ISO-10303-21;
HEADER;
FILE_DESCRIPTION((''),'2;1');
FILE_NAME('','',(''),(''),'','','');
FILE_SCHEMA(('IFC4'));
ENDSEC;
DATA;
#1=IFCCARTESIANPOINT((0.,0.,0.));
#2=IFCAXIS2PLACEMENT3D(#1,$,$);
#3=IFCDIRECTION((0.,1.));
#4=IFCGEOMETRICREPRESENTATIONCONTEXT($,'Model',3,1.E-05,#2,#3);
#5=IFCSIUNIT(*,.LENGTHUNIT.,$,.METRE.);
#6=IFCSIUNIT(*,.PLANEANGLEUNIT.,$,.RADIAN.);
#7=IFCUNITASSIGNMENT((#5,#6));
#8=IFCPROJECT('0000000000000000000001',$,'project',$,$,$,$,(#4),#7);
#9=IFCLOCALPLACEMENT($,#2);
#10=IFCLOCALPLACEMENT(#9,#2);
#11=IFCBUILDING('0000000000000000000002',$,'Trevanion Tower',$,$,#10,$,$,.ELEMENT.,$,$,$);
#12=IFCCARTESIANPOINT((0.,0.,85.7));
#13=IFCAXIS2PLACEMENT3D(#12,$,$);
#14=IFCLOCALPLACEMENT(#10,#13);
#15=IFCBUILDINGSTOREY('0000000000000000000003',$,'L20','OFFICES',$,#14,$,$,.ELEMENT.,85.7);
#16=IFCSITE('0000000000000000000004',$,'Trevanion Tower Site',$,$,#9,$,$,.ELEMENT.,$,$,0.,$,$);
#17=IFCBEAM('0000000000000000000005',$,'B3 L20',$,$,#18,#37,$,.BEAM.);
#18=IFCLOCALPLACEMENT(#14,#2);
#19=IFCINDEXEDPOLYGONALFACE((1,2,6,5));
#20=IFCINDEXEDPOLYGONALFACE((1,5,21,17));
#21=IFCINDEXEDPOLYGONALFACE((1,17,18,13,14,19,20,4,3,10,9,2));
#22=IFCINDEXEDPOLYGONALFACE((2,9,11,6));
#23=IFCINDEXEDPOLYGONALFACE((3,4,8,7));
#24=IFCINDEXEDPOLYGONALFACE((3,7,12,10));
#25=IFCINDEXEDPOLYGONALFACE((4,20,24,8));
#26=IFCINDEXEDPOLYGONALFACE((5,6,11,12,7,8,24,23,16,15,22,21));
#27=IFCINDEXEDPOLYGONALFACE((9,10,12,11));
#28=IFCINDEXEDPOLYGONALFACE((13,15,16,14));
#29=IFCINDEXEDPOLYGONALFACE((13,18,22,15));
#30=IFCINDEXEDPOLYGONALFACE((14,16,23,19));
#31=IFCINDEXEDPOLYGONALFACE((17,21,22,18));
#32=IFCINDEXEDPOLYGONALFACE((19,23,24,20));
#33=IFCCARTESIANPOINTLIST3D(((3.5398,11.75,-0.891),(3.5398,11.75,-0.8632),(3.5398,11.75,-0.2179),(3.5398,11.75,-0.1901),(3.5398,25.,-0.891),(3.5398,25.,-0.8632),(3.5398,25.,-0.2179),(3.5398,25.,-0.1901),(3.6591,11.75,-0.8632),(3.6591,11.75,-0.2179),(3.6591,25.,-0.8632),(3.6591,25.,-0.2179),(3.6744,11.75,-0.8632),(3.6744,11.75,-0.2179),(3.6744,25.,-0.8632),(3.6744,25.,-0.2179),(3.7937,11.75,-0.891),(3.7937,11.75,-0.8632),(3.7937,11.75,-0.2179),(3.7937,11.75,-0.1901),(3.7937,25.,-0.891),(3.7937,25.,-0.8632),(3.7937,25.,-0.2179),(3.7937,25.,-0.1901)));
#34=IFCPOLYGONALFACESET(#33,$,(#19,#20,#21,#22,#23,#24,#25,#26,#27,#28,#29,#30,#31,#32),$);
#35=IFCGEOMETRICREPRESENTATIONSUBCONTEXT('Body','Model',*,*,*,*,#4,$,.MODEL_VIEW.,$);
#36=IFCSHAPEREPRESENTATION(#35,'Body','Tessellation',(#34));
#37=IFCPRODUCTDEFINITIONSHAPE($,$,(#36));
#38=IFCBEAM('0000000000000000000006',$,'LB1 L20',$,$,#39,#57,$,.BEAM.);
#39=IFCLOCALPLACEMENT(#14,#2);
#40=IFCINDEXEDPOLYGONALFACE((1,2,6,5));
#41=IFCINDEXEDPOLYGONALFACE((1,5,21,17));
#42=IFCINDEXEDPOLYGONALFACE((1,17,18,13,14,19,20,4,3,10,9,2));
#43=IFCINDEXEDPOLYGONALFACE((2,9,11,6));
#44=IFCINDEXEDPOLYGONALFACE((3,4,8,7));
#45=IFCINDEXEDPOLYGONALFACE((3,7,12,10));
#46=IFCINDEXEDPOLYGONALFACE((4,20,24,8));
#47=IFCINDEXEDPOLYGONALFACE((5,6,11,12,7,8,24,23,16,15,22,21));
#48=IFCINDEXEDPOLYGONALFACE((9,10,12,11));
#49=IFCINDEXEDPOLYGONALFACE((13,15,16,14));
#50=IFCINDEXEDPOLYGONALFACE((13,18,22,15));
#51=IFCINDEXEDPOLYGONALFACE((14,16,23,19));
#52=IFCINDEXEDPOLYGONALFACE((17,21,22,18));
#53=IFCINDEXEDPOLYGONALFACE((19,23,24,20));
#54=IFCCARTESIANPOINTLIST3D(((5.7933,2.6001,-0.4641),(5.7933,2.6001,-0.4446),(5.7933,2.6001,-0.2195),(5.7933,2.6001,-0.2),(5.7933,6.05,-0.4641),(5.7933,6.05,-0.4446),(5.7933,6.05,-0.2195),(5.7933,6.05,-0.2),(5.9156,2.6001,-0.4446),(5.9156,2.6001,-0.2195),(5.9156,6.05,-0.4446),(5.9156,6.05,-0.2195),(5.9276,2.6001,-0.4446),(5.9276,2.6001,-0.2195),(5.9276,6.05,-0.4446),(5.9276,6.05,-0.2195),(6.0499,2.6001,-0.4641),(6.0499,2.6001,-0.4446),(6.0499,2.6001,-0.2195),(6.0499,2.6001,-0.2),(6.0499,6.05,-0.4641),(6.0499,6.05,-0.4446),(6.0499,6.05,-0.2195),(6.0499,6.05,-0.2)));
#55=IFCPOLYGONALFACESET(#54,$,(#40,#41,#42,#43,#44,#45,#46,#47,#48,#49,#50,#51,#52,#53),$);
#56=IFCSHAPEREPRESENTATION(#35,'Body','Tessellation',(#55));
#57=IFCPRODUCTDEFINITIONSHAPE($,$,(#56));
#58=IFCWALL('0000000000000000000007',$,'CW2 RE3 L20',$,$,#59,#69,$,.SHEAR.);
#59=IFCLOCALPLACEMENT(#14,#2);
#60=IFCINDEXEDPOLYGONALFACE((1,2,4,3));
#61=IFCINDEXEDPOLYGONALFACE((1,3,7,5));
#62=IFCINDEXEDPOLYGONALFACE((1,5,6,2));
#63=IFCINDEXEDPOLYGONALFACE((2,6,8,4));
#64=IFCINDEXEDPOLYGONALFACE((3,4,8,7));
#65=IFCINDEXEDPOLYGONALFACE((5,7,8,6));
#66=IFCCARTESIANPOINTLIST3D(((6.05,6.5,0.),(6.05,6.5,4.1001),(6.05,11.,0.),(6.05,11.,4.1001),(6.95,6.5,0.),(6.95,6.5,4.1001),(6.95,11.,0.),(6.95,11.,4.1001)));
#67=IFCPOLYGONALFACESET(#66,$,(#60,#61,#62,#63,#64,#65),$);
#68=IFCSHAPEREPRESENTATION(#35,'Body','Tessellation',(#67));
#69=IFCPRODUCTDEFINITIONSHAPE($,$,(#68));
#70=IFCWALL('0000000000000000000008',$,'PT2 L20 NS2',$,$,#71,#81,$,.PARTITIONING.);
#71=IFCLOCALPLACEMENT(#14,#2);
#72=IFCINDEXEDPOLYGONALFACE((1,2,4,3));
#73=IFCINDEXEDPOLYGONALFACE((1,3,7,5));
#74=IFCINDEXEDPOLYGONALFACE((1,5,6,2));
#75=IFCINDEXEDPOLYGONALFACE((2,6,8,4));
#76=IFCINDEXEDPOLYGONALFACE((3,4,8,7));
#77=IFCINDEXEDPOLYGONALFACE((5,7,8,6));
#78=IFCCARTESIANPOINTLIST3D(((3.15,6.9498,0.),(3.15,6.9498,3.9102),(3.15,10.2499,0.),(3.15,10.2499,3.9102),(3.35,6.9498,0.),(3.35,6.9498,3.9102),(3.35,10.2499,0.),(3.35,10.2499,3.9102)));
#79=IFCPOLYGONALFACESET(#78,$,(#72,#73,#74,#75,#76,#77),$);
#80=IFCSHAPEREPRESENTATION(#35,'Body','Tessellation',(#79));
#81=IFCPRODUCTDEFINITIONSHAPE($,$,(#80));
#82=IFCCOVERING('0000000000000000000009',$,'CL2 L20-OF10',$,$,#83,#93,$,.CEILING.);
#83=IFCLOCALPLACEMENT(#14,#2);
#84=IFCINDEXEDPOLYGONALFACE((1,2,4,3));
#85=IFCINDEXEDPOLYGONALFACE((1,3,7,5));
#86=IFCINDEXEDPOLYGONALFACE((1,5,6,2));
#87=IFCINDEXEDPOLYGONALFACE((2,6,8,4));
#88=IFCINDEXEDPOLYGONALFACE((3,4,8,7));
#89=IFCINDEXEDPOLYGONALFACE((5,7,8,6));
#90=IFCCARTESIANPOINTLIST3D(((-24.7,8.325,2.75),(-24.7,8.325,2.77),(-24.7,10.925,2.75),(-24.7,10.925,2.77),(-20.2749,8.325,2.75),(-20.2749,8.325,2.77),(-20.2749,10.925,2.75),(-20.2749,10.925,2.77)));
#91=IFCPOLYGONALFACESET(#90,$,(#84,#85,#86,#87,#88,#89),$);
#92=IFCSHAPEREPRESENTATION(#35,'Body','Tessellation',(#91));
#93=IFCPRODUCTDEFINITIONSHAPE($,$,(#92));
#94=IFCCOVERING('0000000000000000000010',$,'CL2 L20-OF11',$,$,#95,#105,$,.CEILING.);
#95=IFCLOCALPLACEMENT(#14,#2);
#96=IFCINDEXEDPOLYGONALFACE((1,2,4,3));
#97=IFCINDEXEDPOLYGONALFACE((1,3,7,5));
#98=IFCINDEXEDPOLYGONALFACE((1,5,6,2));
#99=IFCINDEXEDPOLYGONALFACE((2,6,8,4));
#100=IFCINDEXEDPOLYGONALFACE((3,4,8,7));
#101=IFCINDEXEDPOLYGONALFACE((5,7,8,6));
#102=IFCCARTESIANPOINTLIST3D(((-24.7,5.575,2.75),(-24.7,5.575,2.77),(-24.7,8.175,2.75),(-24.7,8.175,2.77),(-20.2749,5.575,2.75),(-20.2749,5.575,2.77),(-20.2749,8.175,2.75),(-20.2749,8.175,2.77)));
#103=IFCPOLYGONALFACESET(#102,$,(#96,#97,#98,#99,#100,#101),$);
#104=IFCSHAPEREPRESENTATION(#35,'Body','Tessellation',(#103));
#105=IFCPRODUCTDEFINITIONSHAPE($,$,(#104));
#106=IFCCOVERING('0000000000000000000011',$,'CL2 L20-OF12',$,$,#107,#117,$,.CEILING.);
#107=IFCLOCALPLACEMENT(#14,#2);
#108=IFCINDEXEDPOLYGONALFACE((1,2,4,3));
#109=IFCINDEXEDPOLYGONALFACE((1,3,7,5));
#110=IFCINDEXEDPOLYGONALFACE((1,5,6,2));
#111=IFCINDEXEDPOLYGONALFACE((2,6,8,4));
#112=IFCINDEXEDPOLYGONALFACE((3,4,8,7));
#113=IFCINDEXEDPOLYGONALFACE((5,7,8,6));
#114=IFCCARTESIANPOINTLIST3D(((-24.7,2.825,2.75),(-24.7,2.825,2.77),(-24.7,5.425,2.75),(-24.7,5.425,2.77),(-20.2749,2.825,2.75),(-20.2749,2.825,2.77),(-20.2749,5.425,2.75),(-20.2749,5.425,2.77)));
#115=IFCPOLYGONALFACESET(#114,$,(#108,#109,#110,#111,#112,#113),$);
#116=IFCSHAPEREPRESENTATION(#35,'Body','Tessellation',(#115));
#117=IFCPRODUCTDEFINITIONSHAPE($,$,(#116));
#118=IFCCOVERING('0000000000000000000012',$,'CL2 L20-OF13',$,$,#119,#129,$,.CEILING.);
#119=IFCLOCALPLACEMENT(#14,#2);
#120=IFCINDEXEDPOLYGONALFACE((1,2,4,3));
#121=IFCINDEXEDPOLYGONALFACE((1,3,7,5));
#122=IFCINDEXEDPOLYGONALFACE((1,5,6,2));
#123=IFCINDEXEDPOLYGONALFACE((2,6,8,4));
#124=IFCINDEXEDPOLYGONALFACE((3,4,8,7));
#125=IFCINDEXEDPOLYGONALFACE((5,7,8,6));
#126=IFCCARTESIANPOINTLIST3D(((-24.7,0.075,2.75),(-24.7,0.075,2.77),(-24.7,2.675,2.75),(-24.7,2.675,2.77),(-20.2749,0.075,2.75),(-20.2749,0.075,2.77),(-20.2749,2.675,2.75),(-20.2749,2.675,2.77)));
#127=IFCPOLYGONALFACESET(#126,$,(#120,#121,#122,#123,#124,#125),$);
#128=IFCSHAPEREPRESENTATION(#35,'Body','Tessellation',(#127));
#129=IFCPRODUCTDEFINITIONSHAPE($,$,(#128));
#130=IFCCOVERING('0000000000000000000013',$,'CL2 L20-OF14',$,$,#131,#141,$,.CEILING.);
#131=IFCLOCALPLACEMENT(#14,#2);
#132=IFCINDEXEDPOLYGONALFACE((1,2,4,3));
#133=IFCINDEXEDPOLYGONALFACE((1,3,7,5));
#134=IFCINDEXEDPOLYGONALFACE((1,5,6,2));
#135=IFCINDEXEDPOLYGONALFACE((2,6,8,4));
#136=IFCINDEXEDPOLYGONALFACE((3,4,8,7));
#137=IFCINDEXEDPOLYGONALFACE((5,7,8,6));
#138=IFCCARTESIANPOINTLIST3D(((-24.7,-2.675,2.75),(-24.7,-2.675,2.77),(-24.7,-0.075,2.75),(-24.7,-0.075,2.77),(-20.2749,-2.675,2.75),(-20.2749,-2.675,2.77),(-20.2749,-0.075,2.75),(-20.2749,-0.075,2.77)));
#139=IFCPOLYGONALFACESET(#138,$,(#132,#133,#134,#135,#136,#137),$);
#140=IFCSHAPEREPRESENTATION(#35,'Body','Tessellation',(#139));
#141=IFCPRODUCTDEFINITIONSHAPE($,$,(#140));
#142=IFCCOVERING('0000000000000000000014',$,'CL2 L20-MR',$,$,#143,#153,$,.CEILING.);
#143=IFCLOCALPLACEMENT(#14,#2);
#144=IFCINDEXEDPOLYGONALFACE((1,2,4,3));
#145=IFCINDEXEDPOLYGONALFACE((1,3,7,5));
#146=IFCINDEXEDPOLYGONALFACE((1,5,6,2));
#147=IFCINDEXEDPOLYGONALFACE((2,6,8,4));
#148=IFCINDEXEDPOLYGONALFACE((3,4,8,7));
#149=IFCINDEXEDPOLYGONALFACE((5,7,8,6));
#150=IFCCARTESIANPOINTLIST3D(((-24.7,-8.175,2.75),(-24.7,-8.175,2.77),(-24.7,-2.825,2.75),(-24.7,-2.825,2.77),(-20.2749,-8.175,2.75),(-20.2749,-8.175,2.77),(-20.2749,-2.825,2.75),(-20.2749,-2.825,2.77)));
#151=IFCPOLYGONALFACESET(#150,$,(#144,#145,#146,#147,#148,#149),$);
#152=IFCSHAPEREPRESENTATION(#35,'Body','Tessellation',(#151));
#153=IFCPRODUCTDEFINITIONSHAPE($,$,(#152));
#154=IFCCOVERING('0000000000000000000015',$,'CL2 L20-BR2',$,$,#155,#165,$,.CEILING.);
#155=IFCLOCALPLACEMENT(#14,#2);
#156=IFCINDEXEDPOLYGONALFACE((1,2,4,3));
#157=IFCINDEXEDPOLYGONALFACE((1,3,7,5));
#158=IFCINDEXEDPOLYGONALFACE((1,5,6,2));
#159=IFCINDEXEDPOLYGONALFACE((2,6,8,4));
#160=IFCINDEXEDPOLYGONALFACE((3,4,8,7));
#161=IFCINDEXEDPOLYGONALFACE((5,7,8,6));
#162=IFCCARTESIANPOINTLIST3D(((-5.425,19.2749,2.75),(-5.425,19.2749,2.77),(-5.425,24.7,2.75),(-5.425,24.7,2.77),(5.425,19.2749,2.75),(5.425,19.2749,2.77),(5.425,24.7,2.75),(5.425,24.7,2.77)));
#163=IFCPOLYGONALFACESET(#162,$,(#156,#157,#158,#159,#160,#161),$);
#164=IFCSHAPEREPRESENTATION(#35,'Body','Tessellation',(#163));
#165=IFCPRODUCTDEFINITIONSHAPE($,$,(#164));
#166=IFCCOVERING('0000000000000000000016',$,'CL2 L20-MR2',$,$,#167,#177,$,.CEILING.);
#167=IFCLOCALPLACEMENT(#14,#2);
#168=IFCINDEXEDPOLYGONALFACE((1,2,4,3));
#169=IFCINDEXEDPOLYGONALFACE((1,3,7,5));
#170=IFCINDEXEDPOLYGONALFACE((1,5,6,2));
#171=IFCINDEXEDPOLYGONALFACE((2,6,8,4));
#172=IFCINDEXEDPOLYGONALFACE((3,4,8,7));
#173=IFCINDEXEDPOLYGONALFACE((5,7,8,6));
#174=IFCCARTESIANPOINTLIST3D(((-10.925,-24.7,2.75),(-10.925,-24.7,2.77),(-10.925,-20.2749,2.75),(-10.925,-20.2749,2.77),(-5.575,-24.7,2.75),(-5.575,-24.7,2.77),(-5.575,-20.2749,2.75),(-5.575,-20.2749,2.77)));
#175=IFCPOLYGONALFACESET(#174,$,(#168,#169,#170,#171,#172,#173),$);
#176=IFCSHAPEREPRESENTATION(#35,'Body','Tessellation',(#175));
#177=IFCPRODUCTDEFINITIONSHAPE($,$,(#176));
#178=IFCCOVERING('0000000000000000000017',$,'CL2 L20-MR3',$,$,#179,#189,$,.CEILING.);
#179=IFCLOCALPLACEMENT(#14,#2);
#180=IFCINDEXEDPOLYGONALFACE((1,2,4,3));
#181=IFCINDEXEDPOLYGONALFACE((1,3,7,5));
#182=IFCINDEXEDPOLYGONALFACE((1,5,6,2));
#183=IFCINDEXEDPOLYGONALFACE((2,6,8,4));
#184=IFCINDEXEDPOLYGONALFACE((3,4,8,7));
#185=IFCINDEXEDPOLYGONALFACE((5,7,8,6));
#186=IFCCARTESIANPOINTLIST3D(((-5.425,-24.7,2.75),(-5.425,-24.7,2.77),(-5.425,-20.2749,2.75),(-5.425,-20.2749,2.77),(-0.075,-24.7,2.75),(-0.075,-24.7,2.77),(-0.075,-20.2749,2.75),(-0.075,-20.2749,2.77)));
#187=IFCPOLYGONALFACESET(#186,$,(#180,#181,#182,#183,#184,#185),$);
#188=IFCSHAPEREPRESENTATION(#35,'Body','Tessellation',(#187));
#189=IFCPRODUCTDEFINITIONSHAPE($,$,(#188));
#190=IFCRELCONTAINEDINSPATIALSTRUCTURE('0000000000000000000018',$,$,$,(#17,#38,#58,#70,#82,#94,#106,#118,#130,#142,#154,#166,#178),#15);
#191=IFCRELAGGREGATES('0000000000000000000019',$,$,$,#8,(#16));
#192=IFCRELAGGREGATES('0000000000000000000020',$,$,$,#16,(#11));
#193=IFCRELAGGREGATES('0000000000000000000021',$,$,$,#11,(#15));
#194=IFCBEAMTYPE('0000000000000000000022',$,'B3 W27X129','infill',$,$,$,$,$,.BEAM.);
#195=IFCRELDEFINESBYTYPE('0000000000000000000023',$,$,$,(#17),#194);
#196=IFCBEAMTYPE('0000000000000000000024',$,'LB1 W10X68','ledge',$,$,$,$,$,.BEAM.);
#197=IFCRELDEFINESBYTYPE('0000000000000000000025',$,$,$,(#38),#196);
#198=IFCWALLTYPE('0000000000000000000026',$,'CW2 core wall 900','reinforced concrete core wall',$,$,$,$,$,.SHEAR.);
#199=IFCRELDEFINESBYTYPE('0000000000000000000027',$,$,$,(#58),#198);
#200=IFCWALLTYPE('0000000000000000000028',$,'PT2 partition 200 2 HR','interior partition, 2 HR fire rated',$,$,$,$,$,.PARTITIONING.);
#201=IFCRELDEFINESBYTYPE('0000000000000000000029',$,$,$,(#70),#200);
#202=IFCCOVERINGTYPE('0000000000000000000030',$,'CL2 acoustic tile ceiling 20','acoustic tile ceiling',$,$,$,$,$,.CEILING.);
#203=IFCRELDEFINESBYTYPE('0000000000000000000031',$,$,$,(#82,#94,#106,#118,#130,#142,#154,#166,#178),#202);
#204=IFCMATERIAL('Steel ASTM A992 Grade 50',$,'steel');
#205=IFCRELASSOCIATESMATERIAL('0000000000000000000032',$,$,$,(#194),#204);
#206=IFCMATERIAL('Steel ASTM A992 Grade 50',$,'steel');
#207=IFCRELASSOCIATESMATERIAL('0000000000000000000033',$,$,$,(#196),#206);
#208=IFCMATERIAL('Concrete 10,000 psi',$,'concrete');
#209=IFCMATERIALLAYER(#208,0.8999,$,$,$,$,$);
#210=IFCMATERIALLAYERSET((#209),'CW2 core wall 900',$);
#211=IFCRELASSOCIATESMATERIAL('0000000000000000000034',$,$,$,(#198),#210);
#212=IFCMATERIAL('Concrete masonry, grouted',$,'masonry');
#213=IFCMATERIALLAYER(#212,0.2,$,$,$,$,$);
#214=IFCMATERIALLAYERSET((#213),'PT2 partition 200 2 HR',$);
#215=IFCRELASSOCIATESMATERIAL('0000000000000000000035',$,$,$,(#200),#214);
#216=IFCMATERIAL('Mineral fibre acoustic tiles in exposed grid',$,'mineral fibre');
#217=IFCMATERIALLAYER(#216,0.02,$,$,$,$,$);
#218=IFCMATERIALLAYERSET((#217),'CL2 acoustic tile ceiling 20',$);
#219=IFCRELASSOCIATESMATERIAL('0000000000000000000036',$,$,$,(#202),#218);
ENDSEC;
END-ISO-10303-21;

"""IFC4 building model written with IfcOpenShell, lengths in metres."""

from ifc_helpers import new_model, si_unit, direction, frame, frame_2d, origin, origin_2d, place, context, subcontext, project, spatial, polyline, rectangle, i_section, outline, extrude, material, layer, layer_set, material_profile, profile_set, type_object, element, save


model = new_model("IFC4")

# Units and contexts
model_context = context("Model", 3, precision=1e-05, world=origin(), true_north=direction((0.0, 1.0)))
body_context = subcontext(model_context, "Body", "Model", "MODEL_VIEW")
ifc_project = project(units=[si_unit("LENGTHUNIT", "METRE"), si_unit("PLANEANGLEUNIT", "RADIAN")], contexts=[model_context])

# Site, building, storey
site_placement = place(None, origin())
site = spatial("IfcSite", under=ifc_project, at=site_placement, Name="Trevanion Tower Site", CompositionType="ELEMENT", RefElevation=0.0)
building_placement = place(site_placement, origin())
building = spatial("IfcBuilding", under=site, at=building_placement, Name="Trevanion Tower", CompositionType="ELEMENT")
storey_placement = place(building_placement, frame((0.0, 0.0, 85.7)))
storey = spatial("IfcBuildingStorey", under=building, at=storey_placement, Name="L20", Description="OFFICES", CompositionType="ELEMENT", Elevation=85.7)

# Beams
ifc_material_1 = material(Name="Steel ASTM A992 Grade 50", Category="steel")
ifc_material_profile_1 = material_profile(ifc_material_1, i_section(OverallWidth=0.2539, OverallDepth=0.7009, WebThickness=0.0154, FlangeThickness=0.0278, at=origin_2d()), Name="W27X129")
ifc_profile_set_1 = profile_set([ifc_material_profile_1], Name="Steel ASTM A992 Grade 50")
beam_type_1 = type_object("IfcBeamType", Name="B3 W27X129", Description="infill", PredefinedType="BEAM", material=ifc_profile_set_1)
beam_1_placement = place(storey_placement, frame((3.6667, 11.75, -0.5405), z_axis=(0.0, 1.0, 0.0), x_axis=(-1.0, 0.0, 0.0)))
element("IfcBeam", 1, at=beam_1_placement, inside=storey, type_object=beam_type_1, Name="B3 L20", PredefinedType="BEAM", context=body_context, shape_type="SweptSolid", body=[
    extrude(i_section(OverallWidth=0.2539, OverallDepth=0.7009, WebThickness=0.0154, FlangeThickness=0.0278, at=origin_2d()), origin(), (0.0, 0.0, 1.0), 13.25),
])
ifc_material_2 = material(Name="Steel ASTM A992 Grade 50", Category="steel")
ifc_material_profile_2 = material_profile(ifc_material_2, i_section(OverallWidth=0.2566, OverallDepth=0.2642, WebThickness=0.012, FlangeThickness=0.0195, at=origin_2d()), Name="W10X68")
ifc_profile_set_2 = profile_set([ifc_material_profile_2], Name="Steel ASTM A992 Grade 50")
beam_type_2 = type_object("IfcBeamType", Name="LB1 W10X68", Description="ledge", PredefinedType="BEAM", material=ifc_profile_set_2)
beam_2_placement = place(storey_placement, frame((5.9216, 2.6001, -0.332), z_axis=(0.0, 1.0, 0.0), x_axis=(-1.0, 0.0, 0.0)))
element("IfcBeam", 2, at=beam_2_placement, inside=storey, type_object=beam_type_2, Name="LB1 L20", PredefinedType="BEAM", context=body_context, shape_type="SweptSolid", body=[
    extrude(i_section(OverallWidth=0.2566, OverallDepth=0.2642, WebThickness=0.012, FlangeThickness=0.0195, at=origin_2d()), origin(), (0.0, 0.0, 1.0), 3.45),
])

# Walls
ifc_material_3 = material(Name="Concrete 10,000 psi", Category="concrete")
ifc_layer_1 = layer(ifc_material_3, 0.8999)
ifc_layer_set_1 = layer_set([ifc_layer_1], Name="CW2 core wall 900")
wall_type_1 = type_object("IfcWallType", Name="CW2 core wall 900", Description="reinforced concrete core wall", PredefinedType="SHEAR", material=ifc_layer_set_1)
wall_1_placement = place(storey_placement, frame((6.5, 6.5, 0.0), z_axis=(0.0, 0.0, 1.0), x_axis=(0.0, 1.0, 0.0)))
element("IfcWall", 3, at=wall_1_placement, inside=storey, type_object=wall_type_1, Name="CW2 RE3 L20", PredefinedType="SHEAR", context=body_context, shape_type="SweptSolid", body=[
    extrude(rectangle(XDim=4.5, YDim=0.8999, at=frame_2d((2.25, 0.0))), origin(), (0.0, 0.0, 1.0), 4.1001),
])
ifc_material_4 = material(Name="Concrete masonry, grouted", Category="masonry")
ifc_layer_2 = layer(ifc_material_4, 0.2)
ifc_layer_set_2 = layer_set([ifc_layer_2], Name="PT2 partition 200 2 HR")
wall_type_2 = type_object("IfcWallType", Name="PT2 partition 200 2 HR", Description="interior partition, 2 HR fire rated", PredefinedType="PARTITIONING", material=ifc_layer_set_2)
wall_2_placement = place(storey_placement, frame((3.25, 6.95, 0.0), z_axis=(0.0, 0.0, 1.0), x_axis=(0.0, 1.0, 0.0)))
element("IfcWall", 4, at=wall_2_placement, inside=storey, type_object=wall_type_2, Name="PT2 L20 NS2", PredefinedType="PARTITIONING", context=body_context, shape_type="SweptSolid", body=[
    extrude(rectangle(XDim=3.3, YDim=0.2, at=frame_2d((1.6499, 0.0))), origin(), (0.0, 0.0, 1.0), 3.9102),
])

# Coverings
ifc_material_5 = material(Name="Mineral fibre acoustic tiles in exposed grid", Category="mineral fibre")
ifc_layer_3 = layer(ifc_material_5, 0.02)
ifc_layer_set_3 = layer_set([ifc_layer_3], Name="CL2 acoustic tile ceiling 20")
covering_type_1 = type_object("IfcCoveringType", Name="CL2 acoustic tile ceiling 20", Description="acoustic tile ceiling", PredefinedType="CEILING", material=ifc_layer_set_3)
covering_1_placement = place(storey_placement, frame((0.0, 0.0, 2.75)))
element("IfcCovering", 5, at=covering_1_placement, inside=storey, type_object=covering_type_1, Name="CL2 L20-OF10", PredefinedType="CEILING", context=body_context, shape_type="SweptSolid", body=[
    extrude(outline(polyline([(-20.2749, 10.925), (-20.2749, 8.325), (-24.7, 8.325), (-24.7, 10.925), (-20.2749, 10.925)])), origin(), (0.0, 0.0, 1.0), 0.02),
])
covering_2_placement = place(storey_placement, frame((0.0, 0.0, 2.75)))
element("IfcCovering", 6, at=covering_2_placement, inside=storey, type_object=covering_type_1, Name="CL2 L20-OF11", PredefinedType="CEILING", context=body_context, shape_type="SweptSolid", body=[
    extrude(outline(polyline([(-20.2749, 8.175), (-20.2749, 5.575), (-24.7, 5.575), (-24.7, 8.175), (-20.2749, 8.175)])), origin(), (0.0, 0.0, 1.0), 0.02),
])
covering_3_placement = place(storey_placement, frame((0.0, 0.0, 2.75)))
element("IfcCovering", 7, at=covering_3_placement, inside=storey, type_object=covering_type_1, Name="CL2 L20-OF12", PredefinedType="CEILING", context=body_context, shape_type="SweptSolid", body=[
    extrude(outline(polyline([(-20.2749, 5.425), (-20.2749, 2.825), (-24.7, 2.825), (-24.7, 5.425), (-20.2749, 5.425)])), origin(), (0.0, 0.0, 1.0), 0.02),
])
covering_4_placement = place(storey_placement, frame((0.0, 0.0, 2.75)))
element("IfcCovering", 8, at=covering_4_placement, inside=storey, type_object=covering_type_1, Name="CL2 L20-OF13", PredefinedType="CEILING", context=body_context, shape_type="SweptSolid", body=[
    extrude(outline(polyline([(-20.2749, 2.675), (-20.2749, 0.075), (-24.7, 0.075), (-24.7, 2.675), (-20.2749, 2.675)])), origin(), (0.0, 0.0, 1.0), 0.02),
])
covering_5_placement = place(storey_placement, frame((0.0, 0.0, 2.75)))
element("IfcCovering", 9, at=covering_5_placement, inside=storey, type_object=covering_type_1, Name="CL2 L20-OF14", PredefinedType="CEILING", context=body_context, shape_type="SweptSolid", body=[
    extrude(outline(polyline([(-20.2749, -0.075), (-20.2749, -2.675), (-24.7, -2.675), (-24.7, -0.075), (-20.2749, -0.075)])), origin(), (0.0, 0.0, 1.0), 0.02),
])
covering_6_placement = place(storey_placement, frame((0.0, 0.0, 2.75)))
element("IfcCovering", 10, at=covering_6_placement, inside=storey, type_object=covering_type_1, Name="CL2 L20-MR", PredefinedType="CEILING", context=body_context, shape_type="SweptSolid", body=[
    extrude(outline(polyline([(-20.2749, -2.825), (-20.2749, -8.175), (-24.7, -8.175), (-24.7, -2.825), (-20.2749, -2.825)])), origin(), (0.0, 0.0, 1.0), 0.02),
])
covering_7_placement = place(storey_placement, frame((0.0, 0.0, 2.75)))
element("IfcCovering", 11, at=covering_7_placement, inside=storey, type_object=covering_type_1, Name="CL2 L20-BR2", PredefinedType="CEILING", context=body_context, shape_type="SweptSolid", body=[
    extrude(outline(polyline([(5.425, 19.2749), (-5.425, 19.2749), (-5.425, 24.7), (5.425, 24.7), (5.425, 19.2749)])), origin(), (0.0, 0.0, 1.0), 0.02),
])
covering_8_placement = place(storey_placement, frame((0.0, 0.0, 2.75)))
element("IfcCovering", 12, at=covering_8_placement, inside=storey, type_object=covering_type_1, Name="CL2 L20-MR2", PredefinedType="CEILING", context=body_context, shape_type="SweptSolid", body=[
    extrude(outline(polyline([(-10.925, -20.2749), (-5.575, -20.2749), (-5.575, -24.7), (-10.925, -24.7), (-10.925, -20.2749)])), origin(), (0.0, 0.0, 1.0), 0.02),
])
covering_9_placement = place(storey_placement, frame((0.0, 0.0, 2.75)))
element("IfcCovering", 13, at=covering_9_placement, inside=storey, type_object=covering_type_1, Name="CL2 L20-MR3", PredefinedType="CEILING", context=body_context, shape_type="SweptSolid", body=[
    extrude(outline(polyline([(-5.425, -20.2749), (-0.075, -20.2749), (-0.075, -24.7), (-5.425, -24.7), (-5.425, -20.2749)])), origin(), (0.0, 0.0, 1.0), 0.02),
])

save(model, "model.ifc")
